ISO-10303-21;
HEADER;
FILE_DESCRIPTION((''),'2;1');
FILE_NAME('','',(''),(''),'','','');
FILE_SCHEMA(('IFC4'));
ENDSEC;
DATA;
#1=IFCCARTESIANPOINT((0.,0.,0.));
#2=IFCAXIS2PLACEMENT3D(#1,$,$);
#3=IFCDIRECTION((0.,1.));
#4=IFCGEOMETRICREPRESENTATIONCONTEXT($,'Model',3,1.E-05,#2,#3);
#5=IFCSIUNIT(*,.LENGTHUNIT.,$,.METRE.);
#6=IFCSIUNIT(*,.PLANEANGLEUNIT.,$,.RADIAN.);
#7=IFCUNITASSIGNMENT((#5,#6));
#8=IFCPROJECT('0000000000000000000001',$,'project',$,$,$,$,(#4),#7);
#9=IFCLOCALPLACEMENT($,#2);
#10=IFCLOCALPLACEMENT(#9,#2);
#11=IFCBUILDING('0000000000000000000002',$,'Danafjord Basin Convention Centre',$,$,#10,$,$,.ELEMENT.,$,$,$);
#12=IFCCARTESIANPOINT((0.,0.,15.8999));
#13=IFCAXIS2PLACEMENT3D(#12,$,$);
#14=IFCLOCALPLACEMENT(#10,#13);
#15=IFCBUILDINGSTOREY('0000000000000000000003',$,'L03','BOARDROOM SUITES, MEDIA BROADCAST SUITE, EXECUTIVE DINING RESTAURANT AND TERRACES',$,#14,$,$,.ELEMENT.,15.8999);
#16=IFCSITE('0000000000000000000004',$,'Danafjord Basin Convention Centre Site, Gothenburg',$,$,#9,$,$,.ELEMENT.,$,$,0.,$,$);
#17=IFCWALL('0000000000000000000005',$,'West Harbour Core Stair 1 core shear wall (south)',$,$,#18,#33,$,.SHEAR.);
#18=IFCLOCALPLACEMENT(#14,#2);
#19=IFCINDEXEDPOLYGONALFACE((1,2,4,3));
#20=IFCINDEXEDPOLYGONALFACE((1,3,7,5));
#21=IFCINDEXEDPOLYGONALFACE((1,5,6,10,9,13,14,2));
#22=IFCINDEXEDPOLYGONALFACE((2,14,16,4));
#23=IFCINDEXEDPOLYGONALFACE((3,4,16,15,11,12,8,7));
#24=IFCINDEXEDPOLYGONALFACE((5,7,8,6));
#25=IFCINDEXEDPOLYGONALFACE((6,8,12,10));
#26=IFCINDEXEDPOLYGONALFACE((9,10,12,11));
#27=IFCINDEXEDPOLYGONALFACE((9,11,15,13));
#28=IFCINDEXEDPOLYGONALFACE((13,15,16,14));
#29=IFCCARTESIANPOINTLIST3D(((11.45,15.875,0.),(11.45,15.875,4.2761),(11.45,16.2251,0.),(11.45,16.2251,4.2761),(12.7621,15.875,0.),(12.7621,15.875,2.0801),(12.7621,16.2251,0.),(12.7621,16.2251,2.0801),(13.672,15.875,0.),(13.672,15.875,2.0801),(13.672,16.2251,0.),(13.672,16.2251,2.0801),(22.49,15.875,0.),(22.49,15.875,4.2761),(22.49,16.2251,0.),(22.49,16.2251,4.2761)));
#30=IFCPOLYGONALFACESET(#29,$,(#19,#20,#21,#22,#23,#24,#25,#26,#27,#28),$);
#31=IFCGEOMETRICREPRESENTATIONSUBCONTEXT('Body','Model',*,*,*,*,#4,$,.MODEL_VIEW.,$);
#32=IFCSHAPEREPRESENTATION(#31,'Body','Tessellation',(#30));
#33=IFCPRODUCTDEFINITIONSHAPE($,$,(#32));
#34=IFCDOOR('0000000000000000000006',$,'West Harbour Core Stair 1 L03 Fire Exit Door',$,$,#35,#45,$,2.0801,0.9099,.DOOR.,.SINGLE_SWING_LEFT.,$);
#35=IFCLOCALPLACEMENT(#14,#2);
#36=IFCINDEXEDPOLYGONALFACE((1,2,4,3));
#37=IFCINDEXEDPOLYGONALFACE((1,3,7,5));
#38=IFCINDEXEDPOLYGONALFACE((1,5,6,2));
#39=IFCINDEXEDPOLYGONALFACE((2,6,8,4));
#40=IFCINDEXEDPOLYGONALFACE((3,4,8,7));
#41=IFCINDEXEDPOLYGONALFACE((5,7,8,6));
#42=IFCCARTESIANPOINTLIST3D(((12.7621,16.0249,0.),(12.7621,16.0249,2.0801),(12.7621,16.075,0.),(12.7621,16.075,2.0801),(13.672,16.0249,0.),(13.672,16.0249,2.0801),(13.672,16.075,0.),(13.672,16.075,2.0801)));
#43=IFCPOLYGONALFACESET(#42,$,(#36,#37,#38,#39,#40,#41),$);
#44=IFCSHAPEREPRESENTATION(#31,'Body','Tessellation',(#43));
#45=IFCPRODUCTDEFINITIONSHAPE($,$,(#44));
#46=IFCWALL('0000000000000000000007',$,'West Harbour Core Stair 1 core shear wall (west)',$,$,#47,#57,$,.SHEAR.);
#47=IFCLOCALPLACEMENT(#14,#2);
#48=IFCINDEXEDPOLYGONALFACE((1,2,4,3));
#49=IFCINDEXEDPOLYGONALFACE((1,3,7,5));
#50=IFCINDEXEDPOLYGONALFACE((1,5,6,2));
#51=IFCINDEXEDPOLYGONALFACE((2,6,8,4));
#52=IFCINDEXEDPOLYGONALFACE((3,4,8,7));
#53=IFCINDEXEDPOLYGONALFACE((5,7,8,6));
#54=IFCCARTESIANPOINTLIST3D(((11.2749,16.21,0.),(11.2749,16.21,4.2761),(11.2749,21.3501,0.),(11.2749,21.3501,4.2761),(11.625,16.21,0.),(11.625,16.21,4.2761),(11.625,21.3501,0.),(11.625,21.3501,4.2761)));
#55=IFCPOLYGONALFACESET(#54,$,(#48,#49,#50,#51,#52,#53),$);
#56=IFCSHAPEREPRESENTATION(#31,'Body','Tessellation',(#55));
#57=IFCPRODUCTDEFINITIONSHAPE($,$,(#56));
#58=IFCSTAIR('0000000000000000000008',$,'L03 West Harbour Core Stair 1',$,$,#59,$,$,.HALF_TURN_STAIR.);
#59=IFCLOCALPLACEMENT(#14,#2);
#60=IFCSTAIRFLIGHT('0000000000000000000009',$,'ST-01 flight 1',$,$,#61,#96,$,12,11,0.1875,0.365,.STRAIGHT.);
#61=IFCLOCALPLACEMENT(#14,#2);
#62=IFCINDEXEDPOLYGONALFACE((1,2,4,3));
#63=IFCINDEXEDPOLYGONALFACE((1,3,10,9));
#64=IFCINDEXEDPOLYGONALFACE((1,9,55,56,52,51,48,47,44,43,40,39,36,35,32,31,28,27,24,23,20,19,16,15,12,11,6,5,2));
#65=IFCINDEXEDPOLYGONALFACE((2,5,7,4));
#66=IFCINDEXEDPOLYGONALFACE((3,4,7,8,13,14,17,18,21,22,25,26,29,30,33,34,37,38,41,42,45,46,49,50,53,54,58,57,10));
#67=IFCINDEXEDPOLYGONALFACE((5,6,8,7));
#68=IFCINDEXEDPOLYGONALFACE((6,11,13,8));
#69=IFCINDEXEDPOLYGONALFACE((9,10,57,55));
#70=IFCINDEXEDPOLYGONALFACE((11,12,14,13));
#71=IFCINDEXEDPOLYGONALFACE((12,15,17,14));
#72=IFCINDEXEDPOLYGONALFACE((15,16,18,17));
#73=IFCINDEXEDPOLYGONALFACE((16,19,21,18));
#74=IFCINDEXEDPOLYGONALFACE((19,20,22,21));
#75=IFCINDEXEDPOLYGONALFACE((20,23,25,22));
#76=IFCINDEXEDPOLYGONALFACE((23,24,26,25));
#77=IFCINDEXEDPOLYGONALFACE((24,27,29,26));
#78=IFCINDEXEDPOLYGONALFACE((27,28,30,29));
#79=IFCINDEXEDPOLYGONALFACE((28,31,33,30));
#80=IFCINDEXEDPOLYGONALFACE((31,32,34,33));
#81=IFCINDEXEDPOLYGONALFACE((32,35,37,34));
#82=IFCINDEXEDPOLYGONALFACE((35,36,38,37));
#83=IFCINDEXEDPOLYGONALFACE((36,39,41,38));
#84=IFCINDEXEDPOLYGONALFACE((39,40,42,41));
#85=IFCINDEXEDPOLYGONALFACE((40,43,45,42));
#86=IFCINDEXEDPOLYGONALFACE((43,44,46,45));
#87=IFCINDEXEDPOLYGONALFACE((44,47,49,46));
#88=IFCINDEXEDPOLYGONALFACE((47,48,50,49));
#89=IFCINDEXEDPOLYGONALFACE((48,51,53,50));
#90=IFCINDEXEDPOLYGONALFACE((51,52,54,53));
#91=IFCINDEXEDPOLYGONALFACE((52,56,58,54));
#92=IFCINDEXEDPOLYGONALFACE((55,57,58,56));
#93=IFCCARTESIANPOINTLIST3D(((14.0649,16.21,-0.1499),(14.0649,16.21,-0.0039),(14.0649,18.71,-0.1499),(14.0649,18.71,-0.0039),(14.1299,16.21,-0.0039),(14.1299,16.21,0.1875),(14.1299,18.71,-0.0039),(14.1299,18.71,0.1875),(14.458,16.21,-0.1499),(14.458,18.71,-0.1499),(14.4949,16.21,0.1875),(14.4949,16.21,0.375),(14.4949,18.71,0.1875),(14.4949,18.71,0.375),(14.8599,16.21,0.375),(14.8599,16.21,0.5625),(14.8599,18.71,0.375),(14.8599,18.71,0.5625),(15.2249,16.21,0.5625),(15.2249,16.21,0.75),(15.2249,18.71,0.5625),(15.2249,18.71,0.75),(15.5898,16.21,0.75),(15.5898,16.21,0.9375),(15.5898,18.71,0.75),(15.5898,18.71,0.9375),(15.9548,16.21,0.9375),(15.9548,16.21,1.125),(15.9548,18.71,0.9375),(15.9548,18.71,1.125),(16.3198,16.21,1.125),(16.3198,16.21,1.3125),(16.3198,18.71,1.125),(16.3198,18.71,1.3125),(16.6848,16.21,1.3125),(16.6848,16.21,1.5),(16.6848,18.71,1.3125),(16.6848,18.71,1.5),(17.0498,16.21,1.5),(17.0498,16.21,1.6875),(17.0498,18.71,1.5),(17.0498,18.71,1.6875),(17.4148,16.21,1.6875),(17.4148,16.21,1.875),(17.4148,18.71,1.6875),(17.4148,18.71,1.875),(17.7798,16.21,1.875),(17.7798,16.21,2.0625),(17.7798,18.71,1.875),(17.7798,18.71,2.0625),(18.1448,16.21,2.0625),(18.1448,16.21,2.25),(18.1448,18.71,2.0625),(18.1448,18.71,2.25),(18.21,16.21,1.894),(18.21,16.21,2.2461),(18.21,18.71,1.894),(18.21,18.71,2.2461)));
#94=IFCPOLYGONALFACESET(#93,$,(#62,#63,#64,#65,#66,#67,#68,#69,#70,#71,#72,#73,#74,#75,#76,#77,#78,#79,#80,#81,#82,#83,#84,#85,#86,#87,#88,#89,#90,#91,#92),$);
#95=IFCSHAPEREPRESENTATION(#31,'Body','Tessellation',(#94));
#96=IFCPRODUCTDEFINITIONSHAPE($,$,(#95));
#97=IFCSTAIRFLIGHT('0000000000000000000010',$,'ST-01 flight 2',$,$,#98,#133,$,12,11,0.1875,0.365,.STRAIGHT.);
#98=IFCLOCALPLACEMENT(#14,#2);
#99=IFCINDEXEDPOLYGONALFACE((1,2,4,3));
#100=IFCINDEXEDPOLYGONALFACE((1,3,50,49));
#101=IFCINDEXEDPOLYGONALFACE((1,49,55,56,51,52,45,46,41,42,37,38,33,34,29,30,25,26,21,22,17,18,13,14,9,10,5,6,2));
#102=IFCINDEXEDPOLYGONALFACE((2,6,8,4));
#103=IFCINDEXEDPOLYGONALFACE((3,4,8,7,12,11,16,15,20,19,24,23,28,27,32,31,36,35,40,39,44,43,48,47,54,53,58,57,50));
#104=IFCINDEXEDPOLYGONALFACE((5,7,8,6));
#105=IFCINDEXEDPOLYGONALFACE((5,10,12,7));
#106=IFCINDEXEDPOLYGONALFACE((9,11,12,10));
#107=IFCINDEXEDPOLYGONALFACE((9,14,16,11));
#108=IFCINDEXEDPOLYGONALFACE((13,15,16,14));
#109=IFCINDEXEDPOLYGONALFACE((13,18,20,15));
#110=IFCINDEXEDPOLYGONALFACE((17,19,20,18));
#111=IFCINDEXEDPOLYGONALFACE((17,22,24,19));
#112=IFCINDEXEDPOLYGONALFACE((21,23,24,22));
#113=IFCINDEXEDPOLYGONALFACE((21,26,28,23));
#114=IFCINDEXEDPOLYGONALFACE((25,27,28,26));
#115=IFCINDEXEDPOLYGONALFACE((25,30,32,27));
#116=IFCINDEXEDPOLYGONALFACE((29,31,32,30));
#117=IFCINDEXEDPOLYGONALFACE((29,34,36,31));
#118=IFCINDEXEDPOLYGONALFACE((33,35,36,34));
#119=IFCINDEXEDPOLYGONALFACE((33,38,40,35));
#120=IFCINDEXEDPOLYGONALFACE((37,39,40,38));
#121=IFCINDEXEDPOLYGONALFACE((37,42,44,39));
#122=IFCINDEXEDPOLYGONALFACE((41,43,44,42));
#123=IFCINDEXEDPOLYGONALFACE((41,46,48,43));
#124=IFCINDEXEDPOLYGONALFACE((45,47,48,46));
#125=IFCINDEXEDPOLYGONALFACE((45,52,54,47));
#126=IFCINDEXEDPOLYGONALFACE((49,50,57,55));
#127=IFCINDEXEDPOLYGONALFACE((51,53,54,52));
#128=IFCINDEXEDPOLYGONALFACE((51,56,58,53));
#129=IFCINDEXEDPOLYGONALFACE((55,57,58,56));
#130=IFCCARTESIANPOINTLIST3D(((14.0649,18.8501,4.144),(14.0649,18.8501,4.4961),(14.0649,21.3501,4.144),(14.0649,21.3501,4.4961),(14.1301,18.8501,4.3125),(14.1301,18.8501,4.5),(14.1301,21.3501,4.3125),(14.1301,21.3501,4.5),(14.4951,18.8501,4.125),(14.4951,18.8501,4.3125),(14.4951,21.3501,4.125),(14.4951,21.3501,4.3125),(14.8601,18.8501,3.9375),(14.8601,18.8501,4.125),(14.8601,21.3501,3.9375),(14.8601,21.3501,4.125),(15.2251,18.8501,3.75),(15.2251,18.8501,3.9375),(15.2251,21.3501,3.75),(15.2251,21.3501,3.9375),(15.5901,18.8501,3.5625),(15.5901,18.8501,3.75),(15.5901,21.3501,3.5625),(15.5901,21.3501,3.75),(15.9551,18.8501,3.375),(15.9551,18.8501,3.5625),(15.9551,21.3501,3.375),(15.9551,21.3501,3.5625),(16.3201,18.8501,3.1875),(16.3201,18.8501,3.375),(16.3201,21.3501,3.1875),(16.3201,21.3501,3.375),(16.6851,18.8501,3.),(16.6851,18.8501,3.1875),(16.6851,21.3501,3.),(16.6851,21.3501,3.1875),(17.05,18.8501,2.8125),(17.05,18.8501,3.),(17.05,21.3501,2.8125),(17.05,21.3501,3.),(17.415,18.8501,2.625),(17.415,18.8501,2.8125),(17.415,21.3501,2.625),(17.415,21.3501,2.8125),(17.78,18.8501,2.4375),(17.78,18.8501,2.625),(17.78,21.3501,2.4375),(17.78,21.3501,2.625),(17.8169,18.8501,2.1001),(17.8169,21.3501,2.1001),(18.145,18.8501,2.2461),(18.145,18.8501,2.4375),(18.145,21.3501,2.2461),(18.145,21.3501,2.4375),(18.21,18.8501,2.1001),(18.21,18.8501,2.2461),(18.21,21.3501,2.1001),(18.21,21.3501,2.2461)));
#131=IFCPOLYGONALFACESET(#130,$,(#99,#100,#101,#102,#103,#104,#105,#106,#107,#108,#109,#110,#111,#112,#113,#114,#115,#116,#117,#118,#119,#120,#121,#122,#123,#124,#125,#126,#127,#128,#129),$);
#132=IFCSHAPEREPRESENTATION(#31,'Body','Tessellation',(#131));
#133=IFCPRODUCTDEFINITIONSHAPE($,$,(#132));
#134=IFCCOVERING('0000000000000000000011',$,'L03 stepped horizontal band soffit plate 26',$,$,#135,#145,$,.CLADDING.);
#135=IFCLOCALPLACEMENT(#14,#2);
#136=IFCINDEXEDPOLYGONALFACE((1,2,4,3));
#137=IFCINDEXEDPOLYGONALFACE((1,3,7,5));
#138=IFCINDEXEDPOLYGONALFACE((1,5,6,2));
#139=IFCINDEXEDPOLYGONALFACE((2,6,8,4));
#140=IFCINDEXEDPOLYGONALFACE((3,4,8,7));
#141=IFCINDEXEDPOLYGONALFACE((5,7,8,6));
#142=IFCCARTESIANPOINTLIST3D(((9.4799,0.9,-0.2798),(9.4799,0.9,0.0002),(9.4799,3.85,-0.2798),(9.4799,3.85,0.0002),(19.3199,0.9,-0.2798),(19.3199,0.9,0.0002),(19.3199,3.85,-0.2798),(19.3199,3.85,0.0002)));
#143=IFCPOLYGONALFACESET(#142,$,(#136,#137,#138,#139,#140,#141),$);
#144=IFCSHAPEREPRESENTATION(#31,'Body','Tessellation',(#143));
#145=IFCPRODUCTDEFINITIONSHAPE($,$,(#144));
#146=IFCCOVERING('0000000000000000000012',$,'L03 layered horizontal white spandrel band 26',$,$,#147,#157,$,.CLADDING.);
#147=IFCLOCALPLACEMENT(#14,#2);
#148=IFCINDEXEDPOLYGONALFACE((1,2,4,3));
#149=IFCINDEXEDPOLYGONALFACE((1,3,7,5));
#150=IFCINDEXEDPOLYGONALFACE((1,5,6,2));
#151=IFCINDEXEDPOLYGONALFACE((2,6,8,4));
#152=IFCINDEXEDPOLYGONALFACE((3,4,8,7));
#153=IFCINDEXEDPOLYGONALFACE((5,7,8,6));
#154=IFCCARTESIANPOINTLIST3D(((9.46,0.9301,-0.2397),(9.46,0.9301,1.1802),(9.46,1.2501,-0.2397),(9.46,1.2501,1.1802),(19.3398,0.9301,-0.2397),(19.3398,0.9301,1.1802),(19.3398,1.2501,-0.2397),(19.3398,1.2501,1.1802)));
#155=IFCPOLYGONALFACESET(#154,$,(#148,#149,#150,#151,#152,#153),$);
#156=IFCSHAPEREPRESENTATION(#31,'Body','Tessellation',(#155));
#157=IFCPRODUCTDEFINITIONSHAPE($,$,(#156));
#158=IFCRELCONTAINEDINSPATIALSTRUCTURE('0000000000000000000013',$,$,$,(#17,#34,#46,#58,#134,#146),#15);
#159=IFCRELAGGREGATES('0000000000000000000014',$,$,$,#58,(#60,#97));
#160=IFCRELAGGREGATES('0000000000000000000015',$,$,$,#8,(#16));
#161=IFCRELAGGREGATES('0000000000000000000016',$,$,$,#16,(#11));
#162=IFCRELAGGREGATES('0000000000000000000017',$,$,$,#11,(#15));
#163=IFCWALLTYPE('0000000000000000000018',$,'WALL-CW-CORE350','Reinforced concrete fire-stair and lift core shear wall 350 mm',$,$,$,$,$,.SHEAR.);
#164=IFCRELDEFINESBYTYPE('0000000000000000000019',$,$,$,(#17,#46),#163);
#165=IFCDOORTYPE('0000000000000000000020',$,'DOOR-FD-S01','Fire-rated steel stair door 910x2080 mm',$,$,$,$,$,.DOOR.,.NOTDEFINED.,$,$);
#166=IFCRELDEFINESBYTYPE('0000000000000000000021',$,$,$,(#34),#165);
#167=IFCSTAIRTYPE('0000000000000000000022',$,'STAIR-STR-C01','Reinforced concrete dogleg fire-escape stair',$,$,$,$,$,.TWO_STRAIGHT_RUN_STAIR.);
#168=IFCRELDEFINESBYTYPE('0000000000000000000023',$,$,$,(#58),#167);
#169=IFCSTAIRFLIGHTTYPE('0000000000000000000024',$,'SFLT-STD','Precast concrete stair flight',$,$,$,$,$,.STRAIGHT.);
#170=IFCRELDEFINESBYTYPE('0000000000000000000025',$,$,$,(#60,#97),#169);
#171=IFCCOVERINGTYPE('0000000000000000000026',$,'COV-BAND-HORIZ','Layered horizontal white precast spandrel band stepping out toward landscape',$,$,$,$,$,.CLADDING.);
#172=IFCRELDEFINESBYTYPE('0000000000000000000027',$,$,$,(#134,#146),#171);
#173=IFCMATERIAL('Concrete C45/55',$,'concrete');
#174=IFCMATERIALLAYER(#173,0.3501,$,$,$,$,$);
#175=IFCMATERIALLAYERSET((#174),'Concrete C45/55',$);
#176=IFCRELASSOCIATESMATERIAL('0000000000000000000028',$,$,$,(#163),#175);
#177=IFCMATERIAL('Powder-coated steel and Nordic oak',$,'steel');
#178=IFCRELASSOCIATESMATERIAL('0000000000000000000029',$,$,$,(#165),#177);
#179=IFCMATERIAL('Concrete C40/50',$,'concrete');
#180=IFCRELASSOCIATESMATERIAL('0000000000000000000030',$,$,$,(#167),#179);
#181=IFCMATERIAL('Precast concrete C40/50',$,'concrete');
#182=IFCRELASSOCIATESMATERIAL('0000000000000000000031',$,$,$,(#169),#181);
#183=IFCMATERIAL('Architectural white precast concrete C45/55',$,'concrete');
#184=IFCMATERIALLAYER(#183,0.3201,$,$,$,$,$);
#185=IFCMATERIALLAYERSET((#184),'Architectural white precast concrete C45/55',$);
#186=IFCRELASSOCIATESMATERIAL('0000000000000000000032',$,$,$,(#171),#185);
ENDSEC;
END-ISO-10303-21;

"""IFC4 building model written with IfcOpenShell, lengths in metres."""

from ifc_helpers import new_model, si_unit, direction, frame, frame_2d, origin, origin_2d, place, context, subcontext, project, spatial, polyline, rectangle, outline, extrude, material, layer, layer_set, type_object, element, fill, aggregate, save


model = new_model("IFC4")

# Units and contexts
model_context = context("Model", 3, precision=1e-05, world=origin(), true_north=direction((0.0, 1.0)))
body_context = subcontext(model_context, "Body", "Model", "MODEL_VIEW")
ifc_project = project(units=[si_unit("LENGTHUNIT", "METRE"), si_unit("PLANEANGLEUNIT", "RADIAN")], contexts=[model_context])

# Site, building, storey
site_placement = place(None, origin())
site = spatial("IfcSite", under=ifc_project, at=site_placement, Name="Danafjord Basin Convention Centre Site, Gothenburg", CompositionType="ELEMENT", RefElevation=0.0)
building_placement = place(site_placement, origin())
building = spatial("IfcBuilding", under=site, at=building_placement, Name="Danafjord Basin Convention Centre", CompositionType="ELEMENT")
storey_placement = place(building_placement, frame((0.0, 0.0, 15.8999)))
storey = spatial("IfcBuildingStorey", under=building, at=storey_placement, Name="L03", Description="BOARDROOM SUITES, MEDIA BROADCAST SUITE, EXECUTIVE DINING RESTAURANT AND TERRACES", CompositionType="ELEMENT", Elevation=15.8999)

# Shared definitions
ifc_material_1 = material(Name="Concrete C40/50", Category="concrete")

# Wall, opening, door
ifc_material_2 = material(Name="Concrete C45/55", Category="concrete")
ifc_layer_1 = layer(ifc_material_2, 0.3501)
ifc_layer_set_1 = layer_set([ifc_layer_1], Name="Concrete C45/55")
wall_type_1 = type_object("IfcWallType", Name="WALL-CW-CORE350", Description="Reinforced concrete fire-stair and lift core shear wall 350 mm", PredefinedType="SHEAR", material=ifc_layer_set_1)
wall_1_placement = place(storey_placement, frame((11.45, 16.05, 0.0), z_axis=(0.0, 0.0, 1.0), x_axis=(1.0, 0.0, 0.0)))
wall_1 = element("IfcWall", 1, at=wall_1_placement, inside=storey, type_object=wall_type_1, Name="West Harbour Core Stair 1 core shear wall (south)", PredefinedType="SHEAR", context=body_context, shape_type="SweptSolid", body=[
    extrude(rectangle(XDim=11.04, YDim=0.3501, at=frame_2d((5.52, 0.0))), origin(), (0.0, 0.0, 1.0), 4.2761),
])
opening_1_placement = place(wall_1_placement, frame((1.312, 0.0, 0.0)))
opening_1 = element("IfcOpeningElement", 2, at=opening_1_placement, cuts=wall_1, PredefinedType="OPENING", context=body_context, shape_type="SweptSolid", body=[
    extrude(rectangle(XDim=0.9099, YDim=2.0801, at=frame_2d((0.4551, 1.04))), frame((0.0, 0.1851, 0.0), z_axis=(0.0, -1.0, 0.0), x_axis=(1.0, 0.0, 0.0)), (0.0, 0.0, 1.0), 0.3701),
])
ifc_material_3 = material(Name="Powder-coated steel and Nordic oak", Category="steel")
door_type_1 = type_object("IfcDoorType", Name="DOOR-FD-S01", Description="Fire-rated steel stair door 910x2080 mm", OperationType="NOTDEFINED", PredefinedType="DOOR", material=ifc_material_3)
door_1_placement = place(opening_1_placement, origin())
door_1 = element("IfcDoor", 3, at=door_1_placement, inside=storey, type_object=door_type_1, Name="West Harbour Core Stair 1 L03 Fire Exit Door", OperationType="SINGLE_SWING_LEFT", OverallHeight=2.0801, OverallWidth=0.9099, PredefinedType="DOOR", context=body_context, shape_type="SweptSolid", body=[
    extrude(rectangle(XDim=0.9099, YDim=2.0801, at=frame_2d((0.4551, 1.04))), frame((0.0, 0.0249, 0.0), z_axis=(0.0, -1.0, 0.0), x_axis=(1.0, 0.0, 0.0)), (0.0, 0.0, 1.0), 0.05),
])
fill(opening_1, door_1)

# Wall
wall_2_placement = place(storey_placement, frame((11.45, 21.3501, 0.0), z_axis=(0.0, 0.0, 1.0), x_axis=(0.0, -1.0, 0.0)))
element("IfcWall", 4, at=wall_2_placement, inside=storey, type_object=wall_type_1, Name="West Harbour Core Stair 1 core shear wall (west)", PredefinedType="SHEAR", context=body_context, shape_type="SweptSolid", body=[
    extrude(rectangle(XDim=5.1401, YDim=0.3501, at=frame_2d((2.5701, 0.0))), origin(), (0.0, 0.0, 1.0), 4.2761),
])

# Stair, stair flights
stair_type = type_object("IfcStairType", Name="STAIR-STR-C01", Description="Reinforced concrete dogleg fire-escape stair", PredefinedType="TWO_STRAIGHT_RUN_STAIR", material=ifc_material_1)
stair_placement = place(storey_placement, origin())
stair = element("IfcStair", 5, at=stair_placement, inside=storey, type_object=stair_type, Name="L03 West Harbour Core Stair 1", PredefinedType="HALF_TURN_STAIR")
ifc_material_4 = material(Name="Precast concrete C40/50", Category="concrete")
stair_flight_type = type_object("IfcStairFlightType", Name="SFLT-STD", Description="Precast concrete stair flight", PredefinedType="STRAIGHT", material=ifc_material_4)
stair_flight_1_placement = place(storey_placement, frame((14.1299, 17.46, 0.0), z_axis=(0.0, 0.0, 1.0), x_axis=(1.0, 0.0, 0.0)))
stair_flight_1 = element("IfcStairFlight", 6, at=stair_flight_1_placement, type_object=stair_flight_type, Name="ST-01 flight 1", NumberOfRisers=12, NumberOfTreads=11, PredefinedType="STRAIGHT", RiserHeight=0.1875, TreadLength=0.365, context=body_context, shape_type="SweptSolid", body=[
    extrude(outline(polyline([(-0.0649, -0.1499), (-0.0649, -0.0039), (0.0, -0.0039), (0.0, 0.1875), (0.365, 0.1875), (0.365, 0.375), (0.73, 0.375), (0.73, 0.5625), (1.095, 0.5625), (1.095, 0.75), (1.46, 0.75), (1.46, 0.9375), (1.825, 0.9375), (1.825, 1.125), (2.1899, 1.125), (2.1899, 1.3125), (2.5549, 1.3125), (2.5549, 1.5), (2.9199, 1.5), (2.9199, 1.6875), (3.2849, 1.6875), (3.2849, 1.875), (3.6499, 1.875), (3.6499, 2.0625), (4.0149, 2.0625), (4.0149, 2.25), (4.0801, 2.2461), (4.0801, 1.894), (0.3281, -0.1499), (-0.0649, -0.1499)])), frame((0.0, 1.25, 0.0), z_axis=(0.0, -1.0, 0.0), x_axis=(1.0, 0.0, 0.0)), (0.0, 0.0, 1.0), 2.5),
])
stair_flight_2_placement = place(storey_placement, frame((18.145, 20.1001, 2.25), z_axis=(0.0, 0.0, 1.0), x_axis=(-1.0, 0.0, 0.0)))
stair_flight_2 = element("IfcStairFlight", 7, at=stair_flight_2_placement, type_object=stair_flight_type, Name="ST-01 flight 2", NumberOfRisers=12, NumberOfTreads=11, PredefinedType="STRAIGHT", RiserHeight=0.1875, TreadLength=0.365, context=body_context, shape_type="SweptSolid", body=[
    extrude(outline(polyline([(-0.0649, -0.1499), (-0.0649, -0.0039), (0.0, -0.0039), (0.0, 0.1875), (0.365, 0.1875), (0.365, 0.375), (0.73, 0.375), (0.73, 0.5625), (1.095, 0.5625), (1.095, 0.75), (1.46, 0.75), (1.46, 0.9375), (1.825, 0.9375), (1.825, 1.125), (2.1899, 1.125), (2.1899, 1.3125), (2.5549, 1.3125), (2.5549, 1.5), (2.9199, 1.5), (2.9199, 1.6875), (3.2849, 1.6875), (3.2849, 1.875), (3.6499, 1.875), (3.6499, 2.0625), (4.0149, 2.0625), (4.0149, 2.25), (4.0801, 2.2461), (4.0801, 1.894), (0.3281, -0.1499), (-0.0649, -0.1499)])), frame((0.0, 1.25, 0.0), z_axis=(0.0, -1.0, 0.0), x_axis=(1.0, 0.0, 0.0)), (0.0, 0.0, 1.0), 2.5),
])
aggregate(stair, [stair_flight_1, stair_flight_2])

# Coverings
ifc_material_5 = material(Name="Architectural white precast concrete C45/55", Category="concrete")
ifc_layer_2 = layer(ifc_material_5, 0.3201)
ifc_layer_set_2 = layer_set([ifc_layer_2], Name="Architectural white precast concrete C45/55")
covering_type = type_object("IfcCoveringType", Name="COV-BAND-HORIZ", Description="Layered horizontal white precast spandrel band stepping out toward landscape", PredefinedType="CLADDING", material=ifc_layer_set_2)
covering_1_placement = place(storey_placement, frame((14.3999, 2.375, -0.2798), z_axis=(0.0, 0.0, 1.0), x_axis=(1.0, 0.0, 0.0)))
element("IfcCovering", 8, at=covering_1_placement, inside=storey, type_object=covering_type, Name="L03 stepped horizontal band soffit plate 26", PredefinedType="CLADDING", context=body_context, shape_type="SweptSolid", body=[
    extrude(rectangle(XDim=9.8401, YDim=2.95, at=origin_2d()), origin(), (0.0, 0.0, 1.0), 0.28),
])
covering_2_placement = place(storey_placement, frame((14.3999, 1.0901, -0.2397), z_axis=(0.0, 0.0, 1.0), x_axis=(1.0, 0.0, 0.0)))
element("IfcCovering", 9, at=covering_2_placement, inside=storey, type_object=covering_type, Name="L03 layered horizontal white spandrel band 26", PredefinedType="CLADDING", context=body_context, shape_type="SweptSolid", body=[
    extrude(rectangle(XDim=9.8799, YDim=0.3201, at=origin_2d()), origin(), (0.0, 0.0, 1.0), 1.4199),
])

save(model, "model.ifc")
